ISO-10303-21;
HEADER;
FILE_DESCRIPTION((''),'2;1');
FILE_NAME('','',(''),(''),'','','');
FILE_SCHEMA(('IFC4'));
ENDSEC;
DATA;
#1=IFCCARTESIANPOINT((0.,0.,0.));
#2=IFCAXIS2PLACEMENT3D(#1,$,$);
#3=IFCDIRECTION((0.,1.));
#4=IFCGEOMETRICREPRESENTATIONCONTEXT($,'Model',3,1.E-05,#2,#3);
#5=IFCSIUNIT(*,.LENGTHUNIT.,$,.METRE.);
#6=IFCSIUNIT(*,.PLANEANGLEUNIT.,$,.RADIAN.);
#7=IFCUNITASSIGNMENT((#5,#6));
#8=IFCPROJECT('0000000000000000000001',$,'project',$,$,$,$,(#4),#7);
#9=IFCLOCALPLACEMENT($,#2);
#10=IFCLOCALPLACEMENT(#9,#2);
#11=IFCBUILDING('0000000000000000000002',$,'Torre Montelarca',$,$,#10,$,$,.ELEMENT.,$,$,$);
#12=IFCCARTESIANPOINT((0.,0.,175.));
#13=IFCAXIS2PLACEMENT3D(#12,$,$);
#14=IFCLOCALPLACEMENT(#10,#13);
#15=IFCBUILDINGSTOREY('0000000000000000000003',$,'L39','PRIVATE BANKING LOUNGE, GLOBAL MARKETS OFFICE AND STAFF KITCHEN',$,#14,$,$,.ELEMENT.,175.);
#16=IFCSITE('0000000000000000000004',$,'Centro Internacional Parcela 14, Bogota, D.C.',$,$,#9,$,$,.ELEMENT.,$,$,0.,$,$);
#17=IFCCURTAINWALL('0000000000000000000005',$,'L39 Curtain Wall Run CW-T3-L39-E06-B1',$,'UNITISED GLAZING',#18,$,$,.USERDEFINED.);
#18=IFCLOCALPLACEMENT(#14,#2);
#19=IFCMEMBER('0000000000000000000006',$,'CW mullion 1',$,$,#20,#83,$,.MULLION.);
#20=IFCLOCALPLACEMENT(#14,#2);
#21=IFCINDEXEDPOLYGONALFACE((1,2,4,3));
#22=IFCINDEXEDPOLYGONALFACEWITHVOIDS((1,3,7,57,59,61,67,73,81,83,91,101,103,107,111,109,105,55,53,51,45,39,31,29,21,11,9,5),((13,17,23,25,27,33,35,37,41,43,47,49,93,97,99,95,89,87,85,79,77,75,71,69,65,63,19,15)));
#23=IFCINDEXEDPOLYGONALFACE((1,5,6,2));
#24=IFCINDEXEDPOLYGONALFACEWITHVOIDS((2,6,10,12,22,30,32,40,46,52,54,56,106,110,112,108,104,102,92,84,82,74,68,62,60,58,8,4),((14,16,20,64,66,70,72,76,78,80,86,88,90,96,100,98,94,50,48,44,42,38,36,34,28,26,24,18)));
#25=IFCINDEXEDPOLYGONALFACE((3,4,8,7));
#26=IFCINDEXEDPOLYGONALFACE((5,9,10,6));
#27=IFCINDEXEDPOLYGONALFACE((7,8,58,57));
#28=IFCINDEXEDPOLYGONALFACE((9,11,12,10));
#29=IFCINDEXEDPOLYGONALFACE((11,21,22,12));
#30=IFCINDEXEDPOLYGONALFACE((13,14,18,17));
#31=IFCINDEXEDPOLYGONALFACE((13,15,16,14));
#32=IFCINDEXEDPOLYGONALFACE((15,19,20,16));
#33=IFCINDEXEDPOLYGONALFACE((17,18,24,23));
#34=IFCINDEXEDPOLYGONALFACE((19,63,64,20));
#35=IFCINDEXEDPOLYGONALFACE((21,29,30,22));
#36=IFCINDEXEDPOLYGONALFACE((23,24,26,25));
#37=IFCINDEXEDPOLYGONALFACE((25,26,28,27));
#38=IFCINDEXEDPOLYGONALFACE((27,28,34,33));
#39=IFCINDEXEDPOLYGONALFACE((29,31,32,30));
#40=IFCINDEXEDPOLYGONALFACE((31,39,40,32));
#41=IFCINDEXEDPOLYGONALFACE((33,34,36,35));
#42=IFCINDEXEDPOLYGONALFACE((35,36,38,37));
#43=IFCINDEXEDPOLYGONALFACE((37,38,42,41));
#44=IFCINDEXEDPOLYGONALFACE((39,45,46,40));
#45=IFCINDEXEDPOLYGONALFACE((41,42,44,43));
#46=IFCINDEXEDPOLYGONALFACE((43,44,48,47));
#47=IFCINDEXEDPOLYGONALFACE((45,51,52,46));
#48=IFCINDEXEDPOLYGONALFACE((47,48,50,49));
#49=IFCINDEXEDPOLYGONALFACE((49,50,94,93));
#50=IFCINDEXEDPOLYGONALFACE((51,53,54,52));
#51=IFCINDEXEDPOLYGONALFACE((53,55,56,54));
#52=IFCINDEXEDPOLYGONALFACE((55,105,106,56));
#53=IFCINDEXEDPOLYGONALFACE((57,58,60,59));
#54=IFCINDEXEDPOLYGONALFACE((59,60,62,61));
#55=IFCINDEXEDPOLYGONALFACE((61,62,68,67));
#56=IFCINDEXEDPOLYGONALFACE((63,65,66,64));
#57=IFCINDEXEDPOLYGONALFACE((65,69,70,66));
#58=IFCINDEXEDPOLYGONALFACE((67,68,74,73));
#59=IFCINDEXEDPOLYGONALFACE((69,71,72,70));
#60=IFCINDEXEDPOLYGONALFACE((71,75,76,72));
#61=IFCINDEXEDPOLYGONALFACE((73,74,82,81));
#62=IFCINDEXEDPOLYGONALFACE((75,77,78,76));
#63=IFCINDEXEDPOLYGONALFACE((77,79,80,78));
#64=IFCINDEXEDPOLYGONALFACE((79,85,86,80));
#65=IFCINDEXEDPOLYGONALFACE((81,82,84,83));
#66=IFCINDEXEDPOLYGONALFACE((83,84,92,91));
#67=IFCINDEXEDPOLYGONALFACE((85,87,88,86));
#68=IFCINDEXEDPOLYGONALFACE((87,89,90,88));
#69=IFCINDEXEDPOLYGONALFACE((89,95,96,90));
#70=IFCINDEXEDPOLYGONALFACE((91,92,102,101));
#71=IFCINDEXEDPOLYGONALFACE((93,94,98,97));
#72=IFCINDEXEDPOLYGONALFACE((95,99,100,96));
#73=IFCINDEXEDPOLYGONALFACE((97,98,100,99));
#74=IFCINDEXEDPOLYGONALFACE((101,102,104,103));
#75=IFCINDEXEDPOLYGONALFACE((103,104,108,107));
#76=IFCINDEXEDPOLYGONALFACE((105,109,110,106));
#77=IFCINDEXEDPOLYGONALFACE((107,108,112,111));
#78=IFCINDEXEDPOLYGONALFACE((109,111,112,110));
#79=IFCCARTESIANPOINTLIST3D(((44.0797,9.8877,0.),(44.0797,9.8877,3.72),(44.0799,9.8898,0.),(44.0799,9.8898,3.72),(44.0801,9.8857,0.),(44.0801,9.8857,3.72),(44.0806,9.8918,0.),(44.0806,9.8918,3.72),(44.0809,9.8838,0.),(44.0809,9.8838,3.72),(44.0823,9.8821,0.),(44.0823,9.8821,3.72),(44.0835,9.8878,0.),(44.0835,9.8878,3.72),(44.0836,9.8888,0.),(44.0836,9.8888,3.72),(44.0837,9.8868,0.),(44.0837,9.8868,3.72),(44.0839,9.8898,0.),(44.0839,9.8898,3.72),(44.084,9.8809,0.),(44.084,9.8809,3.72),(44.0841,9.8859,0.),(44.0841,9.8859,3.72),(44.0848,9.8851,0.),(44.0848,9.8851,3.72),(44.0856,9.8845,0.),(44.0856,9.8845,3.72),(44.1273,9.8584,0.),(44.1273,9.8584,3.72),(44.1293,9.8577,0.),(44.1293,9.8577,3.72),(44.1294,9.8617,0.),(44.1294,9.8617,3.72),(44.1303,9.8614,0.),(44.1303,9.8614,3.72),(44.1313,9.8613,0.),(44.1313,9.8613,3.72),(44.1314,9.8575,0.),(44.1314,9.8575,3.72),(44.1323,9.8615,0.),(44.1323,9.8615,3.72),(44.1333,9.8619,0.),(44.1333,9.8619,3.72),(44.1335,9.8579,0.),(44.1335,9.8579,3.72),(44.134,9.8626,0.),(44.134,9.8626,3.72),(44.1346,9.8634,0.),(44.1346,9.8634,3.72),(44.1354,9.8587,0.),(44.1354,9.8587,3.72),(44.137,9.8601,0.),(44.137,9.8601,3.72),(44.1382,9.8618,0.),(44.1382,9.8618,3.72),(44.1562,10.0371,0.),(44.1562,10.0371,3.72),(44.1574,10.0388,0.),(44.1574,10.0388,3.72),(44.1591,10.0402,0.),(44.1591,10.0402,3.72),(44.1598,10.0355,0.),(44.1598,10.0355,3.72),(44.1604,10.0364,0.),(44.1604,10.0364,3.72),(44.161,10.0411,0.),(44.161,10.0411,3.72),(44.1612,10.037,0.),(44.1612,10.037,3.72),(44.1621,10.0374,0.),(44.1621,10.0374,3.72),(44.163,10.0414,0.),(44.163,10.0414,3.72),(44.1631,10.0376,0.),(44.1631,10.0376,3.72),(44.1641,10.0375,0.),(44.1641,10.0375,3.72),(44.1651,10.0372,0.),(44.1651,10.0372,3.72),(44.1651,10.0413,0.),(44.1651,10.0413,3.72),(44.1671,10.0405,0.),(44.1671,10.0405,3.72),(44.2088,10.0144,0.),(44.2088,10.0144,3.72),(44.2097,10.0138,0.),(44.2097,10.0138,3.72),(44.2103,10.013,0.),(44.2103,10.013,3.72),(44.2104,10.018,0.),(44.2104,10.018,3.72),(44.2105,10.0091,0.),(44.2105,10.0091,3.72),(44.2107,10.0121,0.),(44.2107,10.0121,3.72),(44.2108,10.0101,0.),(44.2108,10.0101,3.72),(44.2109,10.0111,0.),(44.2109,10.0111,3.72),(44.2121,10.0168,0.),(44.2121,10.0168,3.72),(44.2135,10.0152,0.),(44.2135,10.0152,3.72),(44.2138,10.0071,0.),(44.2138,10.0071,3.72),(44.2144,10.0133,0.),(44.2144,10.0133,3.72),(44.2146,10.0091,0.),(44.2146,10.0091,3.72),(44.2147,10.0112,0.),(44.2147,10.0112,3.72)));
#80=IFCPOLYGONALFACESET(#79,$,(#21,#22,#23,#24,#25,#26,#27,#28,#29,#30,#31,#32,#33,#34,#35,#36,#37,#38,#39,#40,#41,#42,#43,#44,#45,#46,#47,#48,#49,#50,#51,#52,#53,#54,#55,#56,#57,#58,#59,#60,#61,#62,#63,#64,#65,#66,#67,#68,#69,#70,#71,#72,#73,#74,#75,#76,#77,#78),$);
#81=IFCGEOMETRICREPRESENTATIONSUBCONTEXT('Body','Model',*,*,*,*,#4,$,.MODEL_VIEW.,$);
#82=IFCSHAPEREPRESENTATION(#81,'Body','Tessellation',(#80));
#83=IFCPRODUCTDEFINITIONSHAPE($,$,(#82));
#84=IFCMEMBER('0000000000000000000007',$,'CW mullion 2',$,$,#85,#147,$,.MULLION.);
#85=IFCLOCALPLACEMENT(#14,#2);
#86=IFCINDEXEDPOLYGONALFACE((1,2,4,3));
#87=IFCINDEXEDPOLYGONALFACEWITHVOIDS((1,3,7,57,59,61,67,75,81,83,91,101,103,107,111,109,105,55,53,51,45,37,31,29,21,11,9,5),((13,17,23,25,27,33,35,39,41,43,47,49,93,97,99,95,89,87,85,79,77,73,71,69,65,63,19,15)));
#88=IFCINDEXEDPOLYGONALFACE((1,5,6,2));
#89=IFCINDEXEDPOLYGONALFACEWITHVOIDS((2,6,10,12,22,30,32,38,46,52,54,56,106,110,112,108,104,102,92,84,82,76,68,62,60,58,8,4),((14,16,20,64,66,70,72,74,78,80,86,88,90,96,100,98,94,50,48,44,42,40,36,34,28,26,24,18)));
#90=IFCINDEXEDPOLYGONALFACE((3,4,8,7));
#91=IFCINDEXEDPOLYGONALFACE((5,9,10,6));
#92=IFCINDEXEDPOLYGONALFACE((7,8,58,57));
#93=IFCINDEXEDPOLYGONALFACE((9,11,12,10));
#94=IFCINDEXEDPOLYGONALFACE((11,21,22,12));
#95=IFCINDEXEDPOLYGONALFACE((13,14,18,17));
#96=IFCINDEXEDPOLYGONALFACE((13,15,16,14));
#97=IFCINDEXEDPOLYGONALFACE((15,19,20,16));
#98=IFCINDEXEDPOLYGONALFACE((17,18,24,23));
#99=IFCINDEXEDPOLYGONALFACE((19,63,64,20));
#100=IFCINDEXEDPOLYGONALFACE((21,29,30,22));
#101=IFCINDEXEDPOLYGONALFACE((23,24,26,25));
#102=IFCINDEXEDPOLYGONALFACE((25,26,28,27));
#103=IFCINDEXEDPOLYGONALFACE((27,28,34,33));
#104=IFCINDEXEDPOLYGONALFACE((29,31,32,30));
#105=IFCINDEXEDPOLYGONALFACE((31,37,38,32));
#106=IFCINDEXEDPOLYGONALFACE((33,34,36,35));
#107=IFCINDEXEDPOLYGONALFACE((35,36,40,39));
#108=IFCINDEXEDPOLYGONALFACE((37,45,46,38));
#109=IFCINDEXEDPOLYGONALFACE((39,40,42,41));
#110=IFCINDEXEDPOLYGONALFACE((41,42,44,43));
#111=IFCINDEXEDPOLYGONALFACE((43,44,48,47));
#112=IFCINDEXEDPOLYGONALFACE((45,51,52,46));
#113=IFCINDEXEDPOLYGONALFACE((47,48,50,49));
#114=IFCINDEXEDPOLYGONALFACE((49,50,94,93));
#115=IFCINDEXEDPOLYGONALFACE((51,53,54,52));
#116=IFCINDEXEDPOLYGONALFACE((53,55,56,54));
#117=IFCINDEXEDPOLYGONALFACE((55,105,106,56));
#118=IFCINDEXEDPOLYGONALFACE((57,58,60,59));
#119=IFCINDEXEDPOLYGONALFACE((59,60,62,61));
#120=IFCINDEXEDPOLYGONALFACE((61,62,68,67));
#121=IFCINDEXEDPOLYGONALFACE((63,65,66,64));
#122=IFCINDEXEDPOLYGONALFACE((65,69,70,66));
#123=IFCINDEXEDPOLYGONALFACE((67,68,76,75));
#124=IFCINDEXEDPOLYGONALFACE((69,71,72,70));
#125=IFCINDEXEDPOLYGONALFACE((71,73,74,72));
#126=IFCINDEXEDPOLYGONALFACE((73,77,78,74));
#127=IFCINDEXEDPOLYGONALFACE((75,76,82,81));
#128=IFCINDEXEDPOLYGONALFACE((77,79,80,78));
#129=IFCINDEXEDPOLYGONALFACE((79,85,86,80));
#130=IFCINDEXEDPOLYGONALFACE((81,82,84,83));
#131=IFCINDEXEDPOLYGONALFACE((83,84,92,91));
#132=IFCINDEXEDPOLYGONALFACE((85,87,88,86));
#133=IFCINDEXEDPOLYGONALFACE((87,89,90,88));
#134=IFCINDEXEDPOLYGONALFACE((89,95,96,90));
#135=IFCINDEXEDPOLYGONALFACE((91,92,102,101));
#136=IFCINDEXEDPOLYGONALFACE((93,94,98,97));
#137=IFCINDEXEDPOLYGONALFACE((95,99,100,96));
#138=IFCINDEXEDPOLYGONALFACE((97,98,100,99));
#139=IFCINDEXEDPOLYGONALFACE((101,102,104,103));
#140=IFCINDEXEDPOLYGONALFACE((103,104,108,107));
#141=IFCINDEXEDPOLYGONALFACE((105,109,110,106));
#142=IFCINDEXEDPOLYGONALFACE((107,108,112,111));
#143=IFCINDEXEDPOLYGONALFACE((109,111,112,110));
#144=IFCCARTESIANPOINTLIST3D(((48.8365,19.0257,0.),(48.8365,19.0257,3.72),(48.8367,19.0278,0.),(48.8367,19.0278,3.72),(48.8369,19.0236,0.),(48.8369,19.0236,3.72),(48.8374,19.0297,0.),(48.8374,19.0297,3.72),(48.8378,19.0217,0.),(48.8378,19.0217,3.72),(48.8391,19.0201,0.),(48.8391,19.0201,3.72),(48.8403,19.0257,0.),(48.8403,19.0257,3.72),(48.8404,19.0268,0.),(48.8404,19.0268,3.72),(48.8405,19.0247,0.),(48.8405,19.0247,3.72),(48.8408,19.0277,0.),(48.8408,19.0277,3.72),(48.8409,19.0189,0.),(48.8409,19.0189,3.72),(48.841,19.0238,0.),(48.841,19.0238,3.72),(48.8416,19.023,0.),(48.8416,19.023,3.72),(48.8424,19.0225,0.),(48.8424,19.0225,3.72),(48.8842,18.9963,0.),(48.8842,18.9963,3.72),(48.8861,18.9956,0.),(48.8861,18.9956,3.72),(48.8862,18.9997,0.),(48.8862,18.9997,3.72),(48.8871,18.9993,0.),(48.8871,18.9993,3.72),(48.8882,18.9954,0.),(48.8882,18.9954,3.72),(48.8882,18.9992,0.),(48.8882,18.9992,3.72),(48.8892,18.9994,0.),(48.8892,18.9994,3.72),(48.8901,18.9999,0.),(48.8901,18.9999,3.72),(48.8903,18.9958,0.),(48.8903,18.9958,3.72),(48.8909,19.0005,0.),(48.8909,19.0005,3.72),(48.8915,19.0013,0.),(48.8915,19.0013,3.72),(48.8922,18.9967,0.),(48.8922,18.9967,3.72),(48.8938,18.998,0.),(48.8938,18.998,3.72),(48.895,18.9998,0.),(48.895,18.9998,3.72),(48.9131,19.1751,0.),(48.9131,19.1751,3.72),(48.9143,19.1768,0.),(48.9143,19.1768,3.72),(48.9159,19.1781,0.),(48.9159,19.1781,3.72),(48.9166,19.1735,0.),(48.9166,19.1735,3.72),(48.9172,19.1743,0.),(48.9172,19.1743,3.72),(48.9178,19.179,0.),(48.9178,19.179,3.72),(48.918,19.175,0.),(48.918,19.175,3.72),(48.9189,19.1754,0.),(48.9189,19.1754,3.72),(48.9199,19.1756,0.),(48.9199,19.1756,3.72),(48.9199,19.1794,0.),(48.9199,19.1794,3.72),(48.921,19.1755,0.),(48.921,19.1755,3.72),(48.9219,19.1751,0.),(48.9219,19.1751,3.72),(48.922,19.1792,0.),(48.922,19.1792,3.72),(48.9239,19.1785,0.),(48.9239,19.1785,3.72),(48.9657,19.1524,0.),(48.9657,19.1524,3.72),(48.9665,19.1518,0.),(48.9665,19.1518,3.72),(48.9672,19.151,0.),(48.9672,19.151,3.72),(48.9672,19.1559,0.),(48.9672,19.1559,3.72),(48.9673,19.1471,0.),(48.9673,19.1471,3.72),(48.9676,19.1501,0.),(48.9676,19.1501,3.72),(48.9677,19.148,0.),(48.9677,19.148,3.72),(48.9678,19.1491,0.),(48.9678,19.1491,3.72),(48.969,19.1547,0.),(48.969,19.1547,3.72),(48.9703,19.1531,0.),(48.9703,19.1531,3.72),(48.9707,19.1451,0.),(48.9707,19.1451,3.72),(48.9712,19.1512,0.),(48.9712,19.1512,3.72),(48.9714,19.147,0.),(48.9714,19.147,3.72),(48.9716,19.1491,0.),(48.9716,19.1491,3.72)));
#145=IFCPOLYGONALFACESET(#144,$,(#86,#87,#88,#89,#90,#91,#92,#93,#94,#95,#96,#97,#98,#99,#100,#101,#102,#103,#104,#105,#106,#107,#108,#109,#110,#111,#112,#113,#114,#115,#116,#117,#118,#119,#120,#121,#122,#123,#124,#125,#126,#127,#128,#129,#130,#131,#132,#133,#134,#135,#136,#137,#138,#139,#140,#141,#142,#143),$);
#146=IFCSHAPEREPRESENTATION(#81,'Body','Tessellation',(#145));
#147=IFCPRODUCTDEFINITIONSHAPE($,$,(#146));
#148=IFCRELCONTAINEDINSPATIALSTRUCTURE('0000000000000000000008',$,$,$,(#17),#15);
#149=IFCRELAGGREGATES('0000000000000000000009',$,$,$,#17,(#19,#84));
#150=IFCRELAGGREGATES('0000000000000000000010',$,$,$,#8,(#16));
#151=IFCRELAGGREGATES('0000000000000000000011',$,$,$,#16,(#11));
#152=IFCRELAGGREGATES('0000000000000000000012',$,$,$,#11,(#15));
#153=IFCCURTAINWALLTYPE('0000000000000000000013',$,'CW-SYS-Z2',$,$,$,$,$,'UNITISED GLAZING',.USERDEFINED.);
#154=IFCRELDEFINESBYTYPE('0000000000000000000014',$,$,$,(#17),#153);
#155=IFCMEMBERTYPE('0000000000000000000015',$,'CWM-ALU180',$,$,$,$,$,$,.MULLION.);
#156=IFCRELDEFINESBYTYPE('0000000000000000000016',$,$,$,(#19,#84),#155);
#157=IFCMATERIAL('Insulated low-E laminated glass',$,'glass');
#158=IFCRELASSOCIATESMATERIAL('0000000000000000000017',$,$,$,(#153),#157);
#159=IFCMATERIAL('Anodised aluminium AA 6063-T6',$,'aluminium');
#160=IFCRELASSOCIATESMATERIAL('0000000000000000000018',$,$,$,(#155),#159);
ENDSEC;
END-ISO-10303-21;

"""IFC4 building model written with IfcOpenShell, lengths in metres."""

from ifc_helpers import new_model, si_unit, direction, frame, origin, origin_2d, place, context, subcontext, project, spatial, hollow_rectangle, extrude, source, transform, mapped, material, material_profile, profile_set, type_object, element, aggregate, save


model = new_model("IFC4")

# Units and contexts
model_context = context("Model", 3, precision=1e-05, world=origin(), true_north=direction((0.0, 1.0)))
body_context = subcontext(model_context, "Body", "Model", "MODEL_VIEW")
ifc_project = project(units=[si_unit("LENGTHUNIT", "METRE"), si_unit("PLANEANGLEUNIT", "RADIAN")], contexts=[model_context])

# Site, building, storey
site_placement = place(None, origin())
site = spatial("IfcSite", under=ifc_project, at=site_placement, Name="Centro Internacional Parcela 14, Bogota, D.C.", CompositionType="ELEMENT", RefElevation=0.0)
building_placement = place(site_placement, origin())
building = spatial("IfcBuilding", under=site, at=building_placement, Name="Torre Montelarca", CompositionType="ELEMENT")
storey_placement = place(building_placement, frame((0.0, 0.0, 175.0)))
storey = spatial("IfcBuildingStorey", under=building, at=storey_placement, Name="L39", Description="PRIVATE BANKING LOUNGE, GLOBAL MARKETS OFFICE AND STAFF KITCHEN", CompositionType="ELEMENT", Elevation=175.0)

# Curtain wall
ifc_material_1 = material(Name="Insulated low-E laminated glass", Category="glass")
curtain_wall_type = type_object("IfcCurtainWallType", Name="CW-SYS-Z2", ElementType="UNITISED GLAZING", PredefinedType="USERDEFINED", material=ifc_material_1)
ifc_material_2 = material(Name="Anodised aluminium AA 6063-T6", Category="aluminium")
curtain_wall_1_placement = place(storey_placement, origin())
curtain_wall_1 = element("IfcCurtainWall", 1, at=curtain_wall_1_placement, inside=storey, type_object=curtain_wall_type, Name="L39 Curtain Wall Run CW-T3-L39-E06-B1", ObjectType="UNITISED GLAZING", PredefinedType="USERDEFINED")

# Shared definitions
ifc_material_profile_1 = material_profile(ifc_material_2, hollow_rectangle(XDim=0.0649, YDim=0.1799, WallThickness=0.0039, InnerFilletRadius=0.0039, OuterFilletRadius=0.0081, at=origin_2d()), Name="ALU65X180X4", Category="aluminium")
ifc_profile_set_1 = profile_set([ifc_material_profile_1], Name="Anodised aluminium AA 6063-T6")
member_type_1 = type_object("IfcMemberType", Name="CWM-ALU180", PredefinedType="MULLION", material=ifc_profile_set_1)
shared_shape_1 = source(origin(), body_context, "Body", "SweptSolid", [
    extrude(hollow_rectangle(XDim=0.0649, YDim=0.1799, WallThickness=0.0039, InnerFilletRadius=0.0039, OuterFilletRadius=0.0081, at=origin_2d()), origin(), (0.0, 0.0, 1.0), 3.72),
])

# Members
member_1_placement = place(storey_placement, frame((44.1472, 9.9495, 0.0), z_axis=(0.0, 0.0, 1.0), x_axis=(-0.887014, 0.461743, 0.0)))
member_1 = element("IfcMember", 2, at=member_1_placement, type_object=member_type_1, Name="CW mullion 1", PredefinedType="MULLION", context=body_context, shape_type="MappedRepresentation", body=[
    mapped(shared_shape_1, transform((0.0, 0.0, 0.0), scale=1.0)),
])
member_2_placement = place(storey_placement, frame((48.9041, 19.0874, 0.0), z_axis=(0.0, 0.0, 1.0), x_axis=(-0.887014, 0.461743, 0.0)))
member_2 = element("IfcMember", 3, at=member_2_placement, type_object=member_type_1, Name="CW mullion 2", PredefinedType="MULLION", context=body_context, shape_type="MappedRepresentation", body=[
    mapped(shared_shape_1, transform((0.0, 0.0, 0.0), scale=1.0)),
])

aggregate(curtain_wall_1, [member_1, member_2])

save(model, "model.ifc")
